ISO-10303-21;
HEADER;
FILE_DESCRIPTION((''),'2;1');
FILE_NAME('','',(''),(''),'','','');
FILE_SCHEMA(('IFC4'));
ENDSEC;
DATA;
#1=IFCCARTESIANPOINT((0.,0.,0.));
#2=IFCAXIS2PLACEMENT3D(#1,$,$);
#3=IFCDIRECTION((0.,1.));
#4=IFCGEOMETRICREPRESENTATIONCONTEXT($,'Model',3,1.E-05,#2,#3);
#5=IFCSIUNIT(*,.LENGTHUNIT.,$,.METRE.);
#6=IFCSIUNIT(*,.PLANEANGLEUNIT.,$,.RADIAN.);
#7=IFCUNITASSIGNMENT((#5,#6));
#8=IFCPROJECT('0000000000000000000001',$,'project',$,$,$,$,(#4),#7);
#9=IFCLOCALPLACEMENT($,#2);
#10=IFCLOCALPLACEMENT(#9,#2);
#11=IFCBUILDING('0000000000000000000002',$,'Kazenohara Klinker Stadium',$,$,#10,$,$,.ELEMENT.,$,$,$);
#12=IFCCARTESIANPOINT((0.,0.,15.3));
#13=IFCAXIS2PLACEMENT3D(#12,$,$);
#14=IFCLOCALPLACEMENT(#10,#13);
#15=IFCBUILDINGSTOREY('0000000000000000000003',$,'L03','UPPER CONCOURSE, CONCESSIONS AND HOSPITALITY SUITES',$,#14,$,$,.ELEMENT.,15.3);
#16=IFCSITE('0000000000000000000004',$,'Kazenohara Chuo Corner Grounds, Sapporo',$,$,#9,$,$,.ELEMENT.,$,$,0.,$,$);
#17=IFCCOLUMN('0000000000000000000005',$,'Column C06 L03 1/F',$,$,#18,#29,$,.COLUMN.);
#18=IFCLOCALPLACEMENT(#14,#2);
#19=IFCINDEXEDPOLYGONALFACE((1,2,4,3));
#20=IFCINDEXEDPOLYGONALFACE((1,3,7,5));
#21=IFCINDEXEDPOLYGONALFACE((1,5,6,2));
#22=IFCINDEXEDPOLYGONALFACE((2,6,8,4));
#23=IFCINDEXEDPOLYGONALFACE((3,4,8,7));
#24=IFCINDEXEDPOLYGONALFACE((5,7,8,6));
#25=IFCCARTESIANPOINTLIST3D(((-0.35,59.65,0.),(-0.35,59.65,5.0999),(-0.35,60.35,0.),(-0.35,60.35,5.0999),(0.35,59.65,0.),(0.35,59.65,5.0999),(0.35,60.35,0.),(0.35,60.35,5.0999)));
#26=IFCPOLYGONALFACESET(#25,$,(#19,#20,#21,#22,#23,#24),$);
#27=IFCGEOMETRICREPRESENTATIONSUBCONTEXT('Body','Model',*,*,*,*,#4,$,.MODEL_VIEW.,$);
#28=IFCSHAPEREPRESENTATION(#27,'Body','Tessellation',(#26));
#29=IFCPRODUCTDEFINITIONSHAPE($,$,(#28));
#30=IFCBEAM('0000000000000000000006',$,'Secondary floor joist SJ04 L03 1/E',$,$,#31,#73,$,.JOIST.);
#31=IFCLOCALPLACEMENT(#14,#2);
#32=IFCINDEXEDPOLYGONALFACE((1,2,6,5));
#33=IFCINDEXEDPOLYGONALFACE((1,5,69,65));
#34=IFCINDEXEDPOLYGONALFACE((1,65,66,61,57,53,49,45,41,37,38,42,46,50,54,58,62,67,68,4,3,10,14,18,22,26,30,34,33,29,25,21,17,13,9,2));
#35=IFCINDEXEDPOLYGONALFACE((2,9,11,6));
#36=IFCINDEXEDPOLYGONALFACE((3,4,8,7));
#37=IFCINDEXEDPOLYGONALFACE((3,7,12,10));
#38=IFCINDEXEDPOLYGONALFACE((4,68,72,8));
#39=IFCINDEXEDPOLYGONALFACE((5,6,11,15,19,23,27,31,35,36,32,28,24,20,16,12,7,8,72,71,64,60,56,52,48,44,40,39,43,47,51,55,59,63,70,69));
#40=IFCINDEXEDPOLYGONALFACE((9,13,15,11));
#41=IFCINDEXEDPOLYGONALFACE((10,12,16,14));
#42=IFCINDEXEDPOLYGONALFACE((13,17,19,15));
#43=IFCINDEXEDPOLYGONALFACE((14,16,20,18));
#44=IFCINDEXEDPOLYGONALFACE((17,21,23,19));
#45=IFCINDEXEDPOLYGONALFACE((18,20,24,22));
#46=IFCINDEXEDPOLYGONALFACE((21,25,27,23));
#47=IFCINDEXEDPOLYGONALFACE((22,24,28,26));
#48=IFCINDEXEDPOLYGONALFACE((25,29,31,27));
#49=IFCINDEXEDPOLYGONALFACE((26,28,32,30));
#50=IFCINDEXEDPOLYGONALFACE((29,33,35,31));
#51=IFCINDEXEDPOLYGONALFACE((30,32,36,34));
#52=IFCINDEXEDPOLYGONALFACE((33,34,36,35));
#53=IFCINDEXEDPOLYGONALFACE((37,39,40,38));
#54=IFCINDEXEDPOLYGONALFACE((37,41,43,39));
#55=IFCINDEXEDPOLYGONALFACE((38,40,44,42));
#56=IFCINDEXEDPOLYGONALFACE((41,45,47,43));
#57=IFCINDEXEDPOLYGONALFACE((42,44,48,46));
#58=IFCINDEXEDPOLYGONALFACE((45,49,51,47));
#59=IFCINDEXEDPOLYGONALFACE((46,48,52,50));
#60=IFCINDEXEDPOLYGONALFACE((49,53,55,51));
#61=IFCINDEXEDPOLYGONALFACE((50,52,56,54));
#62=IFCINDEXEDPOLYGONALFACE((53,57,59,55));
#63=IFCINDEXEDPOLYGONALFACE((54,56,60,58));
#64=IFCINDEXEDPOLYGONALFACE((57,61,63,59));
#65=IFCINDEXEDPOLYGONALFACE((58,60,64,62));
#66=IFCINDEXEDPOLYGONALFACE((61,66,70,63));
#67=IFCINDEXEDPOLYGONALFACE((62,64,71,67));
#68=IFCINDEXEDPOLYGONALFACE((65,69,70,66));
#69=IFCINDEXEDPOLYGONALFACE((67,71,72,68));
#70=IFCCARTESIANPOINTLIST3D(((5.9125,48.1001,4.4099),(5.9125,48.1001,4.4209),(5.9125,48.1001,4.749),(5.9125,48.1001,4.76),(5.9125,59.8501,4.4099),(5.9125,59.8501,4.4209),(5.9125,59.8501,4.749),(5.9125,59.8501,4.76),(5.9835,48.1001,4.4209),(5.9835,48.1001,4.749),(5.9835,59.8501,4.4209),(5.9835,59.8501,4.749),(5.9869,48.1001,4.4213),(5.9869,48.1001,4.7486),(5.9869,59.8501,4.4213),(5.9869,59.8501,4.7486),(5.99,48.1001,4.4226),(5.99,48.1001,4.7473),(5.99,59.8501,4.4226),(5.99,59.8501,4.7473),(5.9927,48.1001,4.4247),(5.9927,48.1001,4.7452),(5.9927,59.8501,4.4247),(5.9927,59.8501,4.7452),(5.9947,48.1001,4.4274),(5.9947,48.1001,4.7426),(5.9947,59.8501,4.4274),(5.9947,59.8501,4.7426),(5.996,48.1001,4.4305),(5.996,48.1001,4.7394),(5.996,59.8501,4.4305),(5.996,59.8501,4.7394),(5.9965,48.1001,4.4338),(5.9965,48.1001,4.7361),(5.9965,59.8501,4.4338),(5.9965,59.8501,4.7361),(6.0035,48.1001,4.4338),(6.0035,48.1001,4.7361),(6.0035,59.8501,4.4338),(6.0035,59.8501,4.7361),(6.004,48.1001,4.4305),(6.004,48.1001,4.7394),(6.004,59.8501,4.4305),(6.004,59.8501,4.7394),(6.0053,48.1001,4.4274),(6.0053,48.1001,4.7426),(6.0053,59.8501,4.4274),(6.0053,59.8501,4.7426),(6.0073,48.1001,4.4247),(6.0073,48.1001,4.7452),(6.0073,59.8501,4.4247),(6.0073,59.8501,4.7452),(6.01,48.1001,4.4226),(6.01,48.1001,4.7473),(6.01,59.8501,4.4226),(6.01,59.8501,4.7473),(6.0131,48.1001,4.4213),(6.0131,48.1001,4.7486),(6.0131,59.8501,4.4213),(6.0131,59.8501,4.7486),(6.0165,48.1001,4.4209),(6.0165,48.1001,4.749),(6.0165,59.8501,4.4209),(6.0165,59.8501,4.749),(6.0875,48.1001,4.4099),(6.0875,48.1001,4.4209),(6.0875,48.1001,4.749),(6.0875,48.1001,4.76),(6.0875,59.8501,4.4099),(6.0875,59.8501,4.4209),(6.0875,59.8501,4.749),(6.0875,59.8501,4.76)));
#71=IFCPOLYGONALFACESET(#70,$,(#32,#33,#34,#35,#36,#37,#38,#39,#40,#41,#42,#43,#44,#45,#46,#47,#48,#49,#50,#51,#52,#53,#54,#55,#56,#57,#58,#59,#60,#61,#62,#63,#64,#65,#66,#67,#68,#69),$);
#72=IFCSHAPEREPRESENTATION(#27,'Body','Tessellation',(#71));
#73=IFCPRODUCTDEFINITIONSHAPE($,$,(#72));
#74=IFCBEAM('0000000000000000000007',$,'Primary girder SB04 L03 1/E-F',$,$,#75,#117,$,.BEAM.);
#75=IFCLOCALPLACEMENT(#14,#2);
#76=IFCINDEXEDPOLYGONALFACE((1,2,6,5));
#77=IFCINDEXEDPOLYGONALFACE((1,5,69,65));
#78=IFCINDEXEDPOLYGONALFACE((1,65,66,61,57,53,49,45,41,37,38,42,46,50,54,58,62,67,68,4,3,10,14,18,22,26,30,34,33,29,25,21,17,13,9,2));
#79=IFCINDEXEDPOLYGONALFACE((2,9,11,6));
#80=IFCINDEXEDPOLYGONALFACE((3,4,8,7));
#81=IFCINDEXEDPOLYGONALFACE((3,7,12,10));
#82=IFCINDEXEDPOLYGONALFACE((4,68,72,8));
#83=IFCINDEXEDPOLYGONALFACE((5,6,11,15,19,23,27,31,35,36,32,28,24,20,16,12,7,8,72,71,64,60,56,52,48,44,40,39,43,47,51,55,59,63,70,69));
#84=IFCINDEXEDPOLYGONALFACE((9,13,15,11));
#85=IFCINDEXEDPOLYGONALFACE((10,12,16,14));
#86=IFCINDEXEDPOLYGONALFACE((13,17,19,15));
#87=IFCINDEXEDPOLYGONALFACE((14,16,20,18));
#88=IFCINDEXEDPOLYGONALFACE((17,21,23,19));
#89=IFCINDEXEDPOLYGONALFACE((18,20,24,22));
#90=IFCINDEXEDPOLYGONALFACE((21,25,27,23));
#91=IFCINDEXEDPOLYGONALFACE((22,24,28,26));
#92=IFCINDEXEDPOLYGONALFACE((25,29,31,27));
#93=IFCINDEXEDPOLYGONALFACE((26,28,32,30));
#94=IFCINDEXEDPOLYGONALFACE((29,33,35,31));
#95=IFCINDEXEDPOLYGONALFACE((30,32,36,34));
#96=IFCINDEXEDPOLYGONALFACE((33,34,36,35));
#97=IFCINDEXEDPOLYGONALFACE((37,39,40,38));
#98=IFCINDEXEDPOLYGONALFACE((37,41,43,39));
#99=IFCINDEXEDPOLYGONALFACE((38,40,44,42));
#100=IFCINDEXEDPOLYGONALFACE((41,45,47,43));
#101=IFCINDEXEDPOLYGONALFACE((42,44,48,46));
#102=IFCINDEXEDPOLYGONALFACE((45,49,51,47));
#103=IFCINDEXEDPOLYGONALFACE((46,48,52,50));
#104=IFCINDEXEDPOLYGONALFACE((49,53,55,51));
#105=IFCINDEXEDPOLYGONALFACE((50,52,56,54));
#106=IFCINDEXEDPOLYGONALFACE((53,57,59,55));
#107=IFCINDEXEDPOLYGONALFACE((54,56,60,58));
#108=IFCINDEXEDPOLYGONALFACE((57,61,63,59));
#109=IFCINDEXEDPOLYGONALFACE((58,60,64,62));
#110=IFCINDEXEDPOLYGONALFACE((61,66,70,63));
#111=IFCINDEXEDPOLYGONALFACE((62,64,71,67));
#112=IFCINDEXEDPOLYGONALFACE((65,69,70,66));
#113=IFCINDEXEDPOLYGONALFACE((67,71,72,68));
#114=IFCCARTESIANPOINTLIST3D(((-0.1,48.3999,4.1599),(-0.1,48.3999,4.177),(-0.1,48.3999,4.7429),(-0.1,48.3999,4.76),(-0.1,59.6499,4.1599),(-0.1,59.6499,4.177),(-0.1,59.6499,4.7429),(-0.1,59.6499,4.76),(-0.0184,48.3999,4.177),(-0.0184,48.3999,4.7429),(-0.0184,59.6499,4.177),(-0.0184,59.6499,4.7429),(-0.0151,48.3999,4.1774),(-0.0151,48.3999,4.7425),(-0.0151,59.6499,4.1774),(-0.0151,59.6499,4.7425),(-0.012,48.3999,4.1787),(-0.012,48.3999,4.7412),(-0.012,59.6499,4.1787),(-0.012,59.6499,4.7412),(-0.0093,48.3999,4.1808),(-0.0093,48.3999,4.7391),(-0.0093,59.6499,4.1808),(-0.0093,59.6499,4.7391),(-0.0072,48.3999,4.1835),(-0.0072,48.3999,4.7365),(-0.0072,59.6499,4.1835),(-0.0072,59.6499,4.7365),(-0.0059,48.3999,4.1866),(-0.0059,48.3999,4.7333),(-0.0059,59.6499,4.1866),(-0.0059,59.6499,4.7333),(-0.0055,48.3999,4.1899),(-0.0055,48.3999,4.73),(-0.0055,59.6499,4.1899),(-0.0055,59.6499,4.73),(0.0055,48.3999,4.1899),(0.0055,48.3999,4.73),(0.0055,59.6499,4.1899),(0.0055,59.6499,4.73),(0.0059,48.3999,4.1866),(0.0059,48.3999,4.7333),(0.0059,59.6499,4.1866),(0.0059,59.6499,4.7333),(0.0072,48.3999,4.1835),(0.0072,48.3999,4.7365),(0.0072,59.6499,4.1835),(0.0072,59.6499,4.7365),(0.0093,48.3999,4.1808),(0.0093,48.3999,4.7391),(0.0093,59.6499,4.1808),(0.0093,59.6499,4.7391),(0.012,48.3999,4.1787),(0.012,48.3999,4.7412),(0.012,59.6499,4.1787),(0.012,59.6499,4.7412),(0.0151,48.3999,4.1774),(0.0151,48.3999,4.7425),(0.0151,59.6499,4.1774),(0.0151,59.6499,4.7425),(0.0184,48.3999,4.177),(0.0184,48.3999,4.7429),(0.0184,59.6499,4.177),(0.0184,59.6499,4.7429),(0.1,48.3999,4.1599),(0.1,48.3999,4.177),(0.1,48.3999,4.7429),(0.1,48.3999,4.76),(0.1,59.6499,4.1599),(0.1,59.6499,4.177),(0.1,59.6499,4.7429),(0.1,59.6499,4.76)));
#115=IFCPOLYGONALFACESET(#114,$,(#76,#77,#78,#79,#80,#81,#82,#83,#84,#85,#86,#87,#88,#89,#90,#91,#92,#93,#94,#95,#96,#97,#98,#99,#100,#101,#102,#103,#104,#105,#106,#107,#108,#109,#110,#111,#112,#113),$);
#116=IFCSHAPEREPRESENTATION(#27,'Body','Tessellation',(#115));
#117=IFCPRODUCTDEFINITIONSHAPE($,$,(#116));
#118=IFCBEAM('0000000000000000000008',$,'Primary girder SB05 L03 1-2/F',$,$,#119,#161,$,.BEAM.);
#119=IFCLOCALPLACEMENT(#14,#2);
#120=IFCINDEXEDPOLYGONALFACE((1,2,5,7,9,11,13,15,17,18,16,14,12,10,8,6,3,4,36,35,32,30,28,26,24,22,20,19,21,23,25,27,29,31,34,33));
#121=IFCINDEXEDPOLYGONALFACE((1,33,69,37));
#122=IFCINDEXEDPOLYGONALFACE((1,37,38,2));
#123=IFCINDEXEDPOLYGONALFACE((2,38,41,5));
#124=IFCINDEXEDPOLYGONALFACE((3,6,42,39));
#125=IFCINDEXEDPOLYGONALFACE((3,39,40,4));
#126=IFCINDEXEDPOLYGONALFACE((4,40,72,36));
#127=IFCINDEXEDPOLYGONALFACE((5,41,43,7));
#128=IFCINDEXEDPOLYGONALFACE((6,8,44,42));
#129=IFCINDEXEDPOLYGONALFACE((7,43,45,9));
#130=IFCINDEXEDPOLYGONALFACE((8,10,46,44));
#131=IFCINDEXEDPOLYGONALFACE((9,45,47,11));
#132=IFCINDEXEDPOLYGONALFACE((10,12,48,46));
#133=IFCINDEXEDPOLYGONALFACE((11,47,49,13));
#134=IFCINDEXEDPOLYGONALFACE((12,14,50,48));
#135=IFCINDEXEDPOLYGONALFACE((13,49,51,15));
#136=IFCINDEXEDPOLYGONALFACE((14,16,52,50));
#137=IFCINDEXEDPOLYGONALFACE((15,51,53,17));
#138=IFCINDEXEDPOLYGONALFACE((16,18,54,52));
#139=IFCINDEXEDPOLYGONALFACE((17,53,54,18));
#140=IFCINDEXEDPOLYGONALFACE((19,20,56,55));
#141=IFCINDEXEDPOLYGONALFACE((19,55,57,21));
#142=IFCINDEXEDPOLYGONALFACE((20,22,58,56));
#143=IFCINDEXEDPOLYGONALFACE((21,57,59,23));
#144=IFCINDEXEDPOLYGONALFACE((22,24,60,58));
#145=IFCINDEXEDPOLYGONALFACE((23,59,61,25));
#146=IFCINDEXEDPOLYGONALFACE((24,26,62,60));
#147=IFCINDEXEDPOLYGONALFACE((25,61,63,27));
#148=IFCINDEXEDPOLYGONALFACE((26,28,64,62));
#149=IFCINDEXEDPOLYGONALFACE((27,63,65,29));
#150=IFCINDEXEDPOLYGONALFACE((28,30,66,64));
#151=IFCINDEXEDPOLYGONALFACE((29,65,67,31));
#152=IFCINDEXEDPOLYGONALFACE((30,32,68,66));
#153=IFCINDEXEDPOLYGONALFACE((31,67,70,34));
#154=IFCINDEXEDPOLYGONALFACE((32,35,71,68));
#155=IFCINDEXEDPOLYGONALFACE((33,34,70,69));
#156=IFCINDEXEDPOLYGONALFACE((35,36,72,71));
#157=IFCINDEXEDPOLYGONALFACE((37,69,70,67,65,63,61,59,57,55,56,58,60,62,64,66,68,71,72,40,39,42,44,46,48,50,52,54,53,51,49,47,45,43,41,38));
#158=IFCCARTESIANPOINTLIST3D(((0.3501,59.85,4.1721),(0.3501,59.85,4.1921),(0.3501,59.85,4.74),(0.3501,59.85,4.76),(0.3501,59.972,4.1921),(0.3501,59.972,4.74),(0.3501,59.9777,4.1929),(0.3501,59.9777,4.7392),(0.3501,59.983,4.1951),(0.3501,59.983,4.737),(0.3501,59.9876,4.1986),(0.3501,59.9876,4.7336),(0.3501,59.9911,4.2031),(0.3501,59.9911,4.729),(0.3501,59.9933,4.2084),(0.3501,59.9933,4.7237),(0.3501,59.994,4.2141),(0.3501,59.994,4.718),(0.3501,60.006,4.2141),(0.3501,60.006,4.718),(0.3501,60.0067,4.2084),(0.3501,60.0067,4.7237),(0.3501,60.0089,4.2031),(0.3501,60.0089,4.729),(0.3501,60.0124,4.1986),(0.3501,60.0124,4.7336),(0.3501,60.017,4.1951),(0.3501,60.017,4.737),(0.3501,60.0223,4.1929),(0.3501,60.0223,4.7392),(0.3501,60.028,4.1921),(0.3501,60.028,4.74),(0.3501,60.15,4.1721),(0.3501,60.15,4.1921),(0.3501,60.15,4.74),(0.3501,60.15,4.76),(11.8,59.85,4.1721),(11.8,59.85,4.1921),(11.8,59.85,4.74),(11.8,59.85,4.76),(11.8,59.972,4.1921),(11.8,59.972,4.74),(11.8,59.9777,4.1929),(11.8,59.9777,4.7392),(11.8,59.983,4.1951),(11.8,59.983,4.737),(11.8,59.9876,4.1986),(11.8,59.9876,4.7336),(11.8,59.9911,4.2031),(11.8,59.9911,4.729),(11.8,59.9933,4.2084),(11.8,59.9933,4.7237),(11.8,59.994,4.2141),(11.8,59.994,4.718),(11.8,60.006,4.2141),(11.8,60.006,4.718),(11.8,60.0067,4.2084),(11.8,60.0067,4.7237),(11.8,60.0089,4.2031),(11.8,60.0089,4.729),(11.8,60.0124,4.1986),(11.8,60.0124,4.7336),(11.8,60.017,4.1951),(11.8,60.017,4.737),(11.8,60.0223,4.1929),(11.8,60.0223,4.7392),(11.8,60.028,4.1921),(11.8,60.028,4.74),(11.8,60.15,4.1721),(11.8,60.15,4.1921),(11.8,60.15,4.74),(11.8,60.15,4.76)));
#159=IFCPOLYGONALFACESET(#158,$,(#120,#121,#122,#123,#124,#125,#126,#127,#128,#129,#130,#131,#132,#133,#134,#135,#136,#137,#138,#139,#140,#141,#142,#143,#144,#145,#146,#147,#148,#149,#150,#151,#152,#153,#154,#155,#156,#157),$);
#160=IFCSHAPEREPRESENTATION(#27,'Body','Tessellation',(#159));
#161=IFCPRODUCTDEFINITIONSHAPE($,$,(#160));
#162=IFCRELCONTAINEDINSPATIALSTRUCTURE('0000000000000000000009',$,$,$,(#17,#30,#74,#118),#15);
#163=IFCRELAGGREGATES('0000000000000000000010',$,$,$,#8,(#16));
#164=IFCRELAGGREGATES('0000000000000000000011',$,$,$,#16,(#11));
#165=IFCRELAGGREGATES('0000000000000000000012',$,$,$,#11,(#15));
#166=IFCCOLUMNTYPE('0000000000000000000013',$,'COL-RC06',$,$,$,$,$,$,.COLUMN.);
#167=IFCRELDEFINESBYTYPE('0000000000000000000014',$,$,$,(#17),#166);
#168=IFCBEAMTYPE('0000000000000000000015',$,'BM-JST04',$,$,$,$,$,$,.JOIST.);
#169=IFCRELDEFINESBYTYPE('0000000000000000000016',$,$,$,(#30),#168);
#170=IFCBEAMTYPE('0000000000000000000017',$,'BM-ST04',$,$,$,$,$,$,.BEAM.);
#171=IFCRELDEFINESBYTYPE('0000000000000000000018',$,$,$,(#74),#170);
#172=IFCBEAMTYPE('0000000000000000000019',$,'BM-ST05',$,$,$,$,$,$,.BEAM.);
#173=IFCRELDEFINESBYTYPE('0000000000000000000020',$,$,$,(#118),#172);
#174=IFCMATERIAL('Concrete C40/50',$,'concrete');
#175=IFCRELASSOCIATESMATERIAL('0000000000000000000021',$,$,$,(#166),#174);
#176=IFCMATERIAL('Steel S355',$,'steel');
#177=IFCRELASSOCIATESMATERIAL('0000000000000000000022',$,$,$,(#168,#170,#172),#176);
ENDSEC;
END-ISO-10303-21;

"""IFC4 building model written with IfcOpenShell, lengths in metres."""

from ifc_helpers import new_model, si_unit, direction, frame, origin, origin_2d, place, context, subcontext, project, spatial, rectangle, i_section, extrude, material, material_profile, profile_set, type_object, element, save


model = new_model("IFC4")

# Units and contexts
model_context = context("Model", 3, precision=1e-05, world=origin(), true_north=direction((0.0, 1.0)))
body_context = subcontext(model_context, "Body", "Model", "MODEL_VIEW")
ifc_project = project(units=[si_unit("LENGTHUNIT", "METRE"), si_unit("PLANEANGLEUNIT", "RADIAN")], contexts=[model_context])

# Site, building, storey
site_placement = place(None, origin())
site = spatial("IfcSite", under=ifc_project, at=site_placement, Name="Kazenohara Chuo Corner Grounds, Sapporo", CompositionType="ELEMENT", RefElevation=0.0)
building_placement = place(site_placement, origin())
building = spatial("IfcBuilding", under=site, at=building_placement, Name="Kazenohara Klinker Stadium", CompositionType="ELEMENT")
storey_placement = place(building_placement, frame((0.0, 0.0, 15.3)))
storey = spatial("IfcBuildingStorey", under=building, at=storey_placement, Name="L03", Description="UPPER CONCOURSE, CONCESSIONS AND HOSPITALITY SUITES", CompositionType="ELEMENT", Elevation=15.3)

# Column
ifc_material_1 = material(Name="Concrete C40/50", Category="concrete")
ifc_material_profile_1 = material_profile(ifc_material_1, rectangle(XDim=0.7, YDim=0.7, at=origin_2d()), Name="RC-COL-700x700")
ifc_profile_set_1 = profile_set([ifc_material_profile_1], Name="Concrete C40/50")
column_type = type_object("IfcColumnType", Name="COL-RC06", PredefinedType="COLUMN", material=ifc_profile_set_1)
column_placement = place(storey_placement, frame((0.0, 60.0, 0.0), z_axis=(0.0, 0.0, 1.0), x_axis=(1.0, 0.0, 0.0)))
element("IfcColumn", 1, at=column_placement, inside=storey, type_object=column_type, Name="Column C06 L03 1/F", PredefinedType="COLUMN", context=body_context, shape_type="SweptSolid", body=[
    extrude(rectangle(XDim=0.7, YDim=0.7, at=origin_2d()), origin(), (0.0, 0.0, 1.0), 5.0999),
])

# Beams
ifc_material_2 = material(Name="Steel S355", Category="steel")
ifc_material_profile_2 = material_profile(ifc_material_2, i_section(OverallWidth=0.175, OverallDepth=0.3501, WebThickness=0.0071, FlangeThickness=0.011, FilletRadius=0.0129, at=origin_2d()), Name="H-350x175x7x11")
ifc_profile_set_2 = profile_set([ifc_material_profile_2], Name="Steel S355")
beam_type_1 = type_object("IfcBeamType", Name="BM-JST04", PredefinedType="JOIST", material=ifc_profile_set_2)
beam_1_placement = place(storey_placement, frame((6.0, 48.1001, 4.585), z_axis=(0.0, 1.0, 0.0), x_axis=(-1.0, 0.0, 0.0)))
element("IfcBeam", 2, at=beam_1_placement, inside=storey, type_object=beam_type_1, Name="Secondary floor joist SJ04 L03 1/E", PredefinedType="JOIST", context=body_context, shape_type="SweptSolid", body=[
    extrude(i_section(OverallWidth=0.175, OverallDepth=0.3501, WebThickness=0.0071, FlangeThickness=0.011, FilletRadius=0.0129, at=origin_2d()), origin(), (0.0, 0.0, 1.0), 11.75),
])
ifc_material_profile_3 = material_profile(ifc_material_2, i_section(OverallWidth=0.2, OverallDepth=0.6001, WebThickness=0.011, FlangeThickness=0.0171, FilletRadius=0.0129, at=origin_2d()), Name="H-600x200x11x17")
ifc_profile_set_3 = profile_set([ifc_material_profile_3], Name="Steel S355")
beam_type_2 = type_object("IfcBeamType", Name="BM-ST04", PredefinedType="BEAM", material=ifc_profile_set_3)
beam_2_placement = place(storey_placement, frame((0.0, 48.3999, 4.46), z_axis=(0.0, 1.0, 0.0), x_axis=(-1.0, 0.0, 0.0)))
element("IfcBeam", 3, at=beam_2_placement, inside=storey, type_object=beam_type_2, Name="Primary girder SB04 L03 1/E-F", PredefinedType="BEAM", context=body_context, shape_type="SweptSolid", body=[
    extrude(i_section(OverallWidth=0.2, OverallDepth=0.6001, WebThickness=0.011, FlangeThickness=0.0171, FilletRadius=0.0129, at=origin_2d()), origin(), (0.0, 0.0, 1.0), 11.25),
])
ifc_material_profile_4 = material_profile(ifc_material_2, i_section(OverallWidth=0.3, OverallDepth=0.5879, WebThickness=0.012, FlangeThickness=0.02, FilletRadius=0.022, at=origin_2d()), Name="H-588x300x12x20")
ifc_profile_set_4 = profile_set([ifc_material_profile_4], Name="Steel S355")
beam_type_3 = type_object("IfcBeamType", Name="BM-ST05", PredefinedType="BEAM", material=ifc_profile_set_4)
for number, where, z_axis, x_axis, name in (
    (4, (0.3501, 60.0, 4.4661), (1.0, 0.0, 0.0), (0.0, 1.0, 0.0), "Primary girder SB05 L03 1-2/F"),
):
    element("IfcBeam", number, at=place(storey_placement, frame(where, z_axis=z_axis, x_axis=x_axis)), inside=storey, type_object=beam_type_3, Name=name, PredefinedType="BEAM", context=body_context, shape_type="SweptSolid", body=[
        extrude(i_section(OverallWidth=0.3, OverallDepth=0.5879, WebThickness=0.012, FlangeThickness=0.02, FilletRadius=0.022, at=origin_2d()), origin(), (0.0, 0.0, 1.0), 11.45),
    ])

save(model, "model.ifc")
